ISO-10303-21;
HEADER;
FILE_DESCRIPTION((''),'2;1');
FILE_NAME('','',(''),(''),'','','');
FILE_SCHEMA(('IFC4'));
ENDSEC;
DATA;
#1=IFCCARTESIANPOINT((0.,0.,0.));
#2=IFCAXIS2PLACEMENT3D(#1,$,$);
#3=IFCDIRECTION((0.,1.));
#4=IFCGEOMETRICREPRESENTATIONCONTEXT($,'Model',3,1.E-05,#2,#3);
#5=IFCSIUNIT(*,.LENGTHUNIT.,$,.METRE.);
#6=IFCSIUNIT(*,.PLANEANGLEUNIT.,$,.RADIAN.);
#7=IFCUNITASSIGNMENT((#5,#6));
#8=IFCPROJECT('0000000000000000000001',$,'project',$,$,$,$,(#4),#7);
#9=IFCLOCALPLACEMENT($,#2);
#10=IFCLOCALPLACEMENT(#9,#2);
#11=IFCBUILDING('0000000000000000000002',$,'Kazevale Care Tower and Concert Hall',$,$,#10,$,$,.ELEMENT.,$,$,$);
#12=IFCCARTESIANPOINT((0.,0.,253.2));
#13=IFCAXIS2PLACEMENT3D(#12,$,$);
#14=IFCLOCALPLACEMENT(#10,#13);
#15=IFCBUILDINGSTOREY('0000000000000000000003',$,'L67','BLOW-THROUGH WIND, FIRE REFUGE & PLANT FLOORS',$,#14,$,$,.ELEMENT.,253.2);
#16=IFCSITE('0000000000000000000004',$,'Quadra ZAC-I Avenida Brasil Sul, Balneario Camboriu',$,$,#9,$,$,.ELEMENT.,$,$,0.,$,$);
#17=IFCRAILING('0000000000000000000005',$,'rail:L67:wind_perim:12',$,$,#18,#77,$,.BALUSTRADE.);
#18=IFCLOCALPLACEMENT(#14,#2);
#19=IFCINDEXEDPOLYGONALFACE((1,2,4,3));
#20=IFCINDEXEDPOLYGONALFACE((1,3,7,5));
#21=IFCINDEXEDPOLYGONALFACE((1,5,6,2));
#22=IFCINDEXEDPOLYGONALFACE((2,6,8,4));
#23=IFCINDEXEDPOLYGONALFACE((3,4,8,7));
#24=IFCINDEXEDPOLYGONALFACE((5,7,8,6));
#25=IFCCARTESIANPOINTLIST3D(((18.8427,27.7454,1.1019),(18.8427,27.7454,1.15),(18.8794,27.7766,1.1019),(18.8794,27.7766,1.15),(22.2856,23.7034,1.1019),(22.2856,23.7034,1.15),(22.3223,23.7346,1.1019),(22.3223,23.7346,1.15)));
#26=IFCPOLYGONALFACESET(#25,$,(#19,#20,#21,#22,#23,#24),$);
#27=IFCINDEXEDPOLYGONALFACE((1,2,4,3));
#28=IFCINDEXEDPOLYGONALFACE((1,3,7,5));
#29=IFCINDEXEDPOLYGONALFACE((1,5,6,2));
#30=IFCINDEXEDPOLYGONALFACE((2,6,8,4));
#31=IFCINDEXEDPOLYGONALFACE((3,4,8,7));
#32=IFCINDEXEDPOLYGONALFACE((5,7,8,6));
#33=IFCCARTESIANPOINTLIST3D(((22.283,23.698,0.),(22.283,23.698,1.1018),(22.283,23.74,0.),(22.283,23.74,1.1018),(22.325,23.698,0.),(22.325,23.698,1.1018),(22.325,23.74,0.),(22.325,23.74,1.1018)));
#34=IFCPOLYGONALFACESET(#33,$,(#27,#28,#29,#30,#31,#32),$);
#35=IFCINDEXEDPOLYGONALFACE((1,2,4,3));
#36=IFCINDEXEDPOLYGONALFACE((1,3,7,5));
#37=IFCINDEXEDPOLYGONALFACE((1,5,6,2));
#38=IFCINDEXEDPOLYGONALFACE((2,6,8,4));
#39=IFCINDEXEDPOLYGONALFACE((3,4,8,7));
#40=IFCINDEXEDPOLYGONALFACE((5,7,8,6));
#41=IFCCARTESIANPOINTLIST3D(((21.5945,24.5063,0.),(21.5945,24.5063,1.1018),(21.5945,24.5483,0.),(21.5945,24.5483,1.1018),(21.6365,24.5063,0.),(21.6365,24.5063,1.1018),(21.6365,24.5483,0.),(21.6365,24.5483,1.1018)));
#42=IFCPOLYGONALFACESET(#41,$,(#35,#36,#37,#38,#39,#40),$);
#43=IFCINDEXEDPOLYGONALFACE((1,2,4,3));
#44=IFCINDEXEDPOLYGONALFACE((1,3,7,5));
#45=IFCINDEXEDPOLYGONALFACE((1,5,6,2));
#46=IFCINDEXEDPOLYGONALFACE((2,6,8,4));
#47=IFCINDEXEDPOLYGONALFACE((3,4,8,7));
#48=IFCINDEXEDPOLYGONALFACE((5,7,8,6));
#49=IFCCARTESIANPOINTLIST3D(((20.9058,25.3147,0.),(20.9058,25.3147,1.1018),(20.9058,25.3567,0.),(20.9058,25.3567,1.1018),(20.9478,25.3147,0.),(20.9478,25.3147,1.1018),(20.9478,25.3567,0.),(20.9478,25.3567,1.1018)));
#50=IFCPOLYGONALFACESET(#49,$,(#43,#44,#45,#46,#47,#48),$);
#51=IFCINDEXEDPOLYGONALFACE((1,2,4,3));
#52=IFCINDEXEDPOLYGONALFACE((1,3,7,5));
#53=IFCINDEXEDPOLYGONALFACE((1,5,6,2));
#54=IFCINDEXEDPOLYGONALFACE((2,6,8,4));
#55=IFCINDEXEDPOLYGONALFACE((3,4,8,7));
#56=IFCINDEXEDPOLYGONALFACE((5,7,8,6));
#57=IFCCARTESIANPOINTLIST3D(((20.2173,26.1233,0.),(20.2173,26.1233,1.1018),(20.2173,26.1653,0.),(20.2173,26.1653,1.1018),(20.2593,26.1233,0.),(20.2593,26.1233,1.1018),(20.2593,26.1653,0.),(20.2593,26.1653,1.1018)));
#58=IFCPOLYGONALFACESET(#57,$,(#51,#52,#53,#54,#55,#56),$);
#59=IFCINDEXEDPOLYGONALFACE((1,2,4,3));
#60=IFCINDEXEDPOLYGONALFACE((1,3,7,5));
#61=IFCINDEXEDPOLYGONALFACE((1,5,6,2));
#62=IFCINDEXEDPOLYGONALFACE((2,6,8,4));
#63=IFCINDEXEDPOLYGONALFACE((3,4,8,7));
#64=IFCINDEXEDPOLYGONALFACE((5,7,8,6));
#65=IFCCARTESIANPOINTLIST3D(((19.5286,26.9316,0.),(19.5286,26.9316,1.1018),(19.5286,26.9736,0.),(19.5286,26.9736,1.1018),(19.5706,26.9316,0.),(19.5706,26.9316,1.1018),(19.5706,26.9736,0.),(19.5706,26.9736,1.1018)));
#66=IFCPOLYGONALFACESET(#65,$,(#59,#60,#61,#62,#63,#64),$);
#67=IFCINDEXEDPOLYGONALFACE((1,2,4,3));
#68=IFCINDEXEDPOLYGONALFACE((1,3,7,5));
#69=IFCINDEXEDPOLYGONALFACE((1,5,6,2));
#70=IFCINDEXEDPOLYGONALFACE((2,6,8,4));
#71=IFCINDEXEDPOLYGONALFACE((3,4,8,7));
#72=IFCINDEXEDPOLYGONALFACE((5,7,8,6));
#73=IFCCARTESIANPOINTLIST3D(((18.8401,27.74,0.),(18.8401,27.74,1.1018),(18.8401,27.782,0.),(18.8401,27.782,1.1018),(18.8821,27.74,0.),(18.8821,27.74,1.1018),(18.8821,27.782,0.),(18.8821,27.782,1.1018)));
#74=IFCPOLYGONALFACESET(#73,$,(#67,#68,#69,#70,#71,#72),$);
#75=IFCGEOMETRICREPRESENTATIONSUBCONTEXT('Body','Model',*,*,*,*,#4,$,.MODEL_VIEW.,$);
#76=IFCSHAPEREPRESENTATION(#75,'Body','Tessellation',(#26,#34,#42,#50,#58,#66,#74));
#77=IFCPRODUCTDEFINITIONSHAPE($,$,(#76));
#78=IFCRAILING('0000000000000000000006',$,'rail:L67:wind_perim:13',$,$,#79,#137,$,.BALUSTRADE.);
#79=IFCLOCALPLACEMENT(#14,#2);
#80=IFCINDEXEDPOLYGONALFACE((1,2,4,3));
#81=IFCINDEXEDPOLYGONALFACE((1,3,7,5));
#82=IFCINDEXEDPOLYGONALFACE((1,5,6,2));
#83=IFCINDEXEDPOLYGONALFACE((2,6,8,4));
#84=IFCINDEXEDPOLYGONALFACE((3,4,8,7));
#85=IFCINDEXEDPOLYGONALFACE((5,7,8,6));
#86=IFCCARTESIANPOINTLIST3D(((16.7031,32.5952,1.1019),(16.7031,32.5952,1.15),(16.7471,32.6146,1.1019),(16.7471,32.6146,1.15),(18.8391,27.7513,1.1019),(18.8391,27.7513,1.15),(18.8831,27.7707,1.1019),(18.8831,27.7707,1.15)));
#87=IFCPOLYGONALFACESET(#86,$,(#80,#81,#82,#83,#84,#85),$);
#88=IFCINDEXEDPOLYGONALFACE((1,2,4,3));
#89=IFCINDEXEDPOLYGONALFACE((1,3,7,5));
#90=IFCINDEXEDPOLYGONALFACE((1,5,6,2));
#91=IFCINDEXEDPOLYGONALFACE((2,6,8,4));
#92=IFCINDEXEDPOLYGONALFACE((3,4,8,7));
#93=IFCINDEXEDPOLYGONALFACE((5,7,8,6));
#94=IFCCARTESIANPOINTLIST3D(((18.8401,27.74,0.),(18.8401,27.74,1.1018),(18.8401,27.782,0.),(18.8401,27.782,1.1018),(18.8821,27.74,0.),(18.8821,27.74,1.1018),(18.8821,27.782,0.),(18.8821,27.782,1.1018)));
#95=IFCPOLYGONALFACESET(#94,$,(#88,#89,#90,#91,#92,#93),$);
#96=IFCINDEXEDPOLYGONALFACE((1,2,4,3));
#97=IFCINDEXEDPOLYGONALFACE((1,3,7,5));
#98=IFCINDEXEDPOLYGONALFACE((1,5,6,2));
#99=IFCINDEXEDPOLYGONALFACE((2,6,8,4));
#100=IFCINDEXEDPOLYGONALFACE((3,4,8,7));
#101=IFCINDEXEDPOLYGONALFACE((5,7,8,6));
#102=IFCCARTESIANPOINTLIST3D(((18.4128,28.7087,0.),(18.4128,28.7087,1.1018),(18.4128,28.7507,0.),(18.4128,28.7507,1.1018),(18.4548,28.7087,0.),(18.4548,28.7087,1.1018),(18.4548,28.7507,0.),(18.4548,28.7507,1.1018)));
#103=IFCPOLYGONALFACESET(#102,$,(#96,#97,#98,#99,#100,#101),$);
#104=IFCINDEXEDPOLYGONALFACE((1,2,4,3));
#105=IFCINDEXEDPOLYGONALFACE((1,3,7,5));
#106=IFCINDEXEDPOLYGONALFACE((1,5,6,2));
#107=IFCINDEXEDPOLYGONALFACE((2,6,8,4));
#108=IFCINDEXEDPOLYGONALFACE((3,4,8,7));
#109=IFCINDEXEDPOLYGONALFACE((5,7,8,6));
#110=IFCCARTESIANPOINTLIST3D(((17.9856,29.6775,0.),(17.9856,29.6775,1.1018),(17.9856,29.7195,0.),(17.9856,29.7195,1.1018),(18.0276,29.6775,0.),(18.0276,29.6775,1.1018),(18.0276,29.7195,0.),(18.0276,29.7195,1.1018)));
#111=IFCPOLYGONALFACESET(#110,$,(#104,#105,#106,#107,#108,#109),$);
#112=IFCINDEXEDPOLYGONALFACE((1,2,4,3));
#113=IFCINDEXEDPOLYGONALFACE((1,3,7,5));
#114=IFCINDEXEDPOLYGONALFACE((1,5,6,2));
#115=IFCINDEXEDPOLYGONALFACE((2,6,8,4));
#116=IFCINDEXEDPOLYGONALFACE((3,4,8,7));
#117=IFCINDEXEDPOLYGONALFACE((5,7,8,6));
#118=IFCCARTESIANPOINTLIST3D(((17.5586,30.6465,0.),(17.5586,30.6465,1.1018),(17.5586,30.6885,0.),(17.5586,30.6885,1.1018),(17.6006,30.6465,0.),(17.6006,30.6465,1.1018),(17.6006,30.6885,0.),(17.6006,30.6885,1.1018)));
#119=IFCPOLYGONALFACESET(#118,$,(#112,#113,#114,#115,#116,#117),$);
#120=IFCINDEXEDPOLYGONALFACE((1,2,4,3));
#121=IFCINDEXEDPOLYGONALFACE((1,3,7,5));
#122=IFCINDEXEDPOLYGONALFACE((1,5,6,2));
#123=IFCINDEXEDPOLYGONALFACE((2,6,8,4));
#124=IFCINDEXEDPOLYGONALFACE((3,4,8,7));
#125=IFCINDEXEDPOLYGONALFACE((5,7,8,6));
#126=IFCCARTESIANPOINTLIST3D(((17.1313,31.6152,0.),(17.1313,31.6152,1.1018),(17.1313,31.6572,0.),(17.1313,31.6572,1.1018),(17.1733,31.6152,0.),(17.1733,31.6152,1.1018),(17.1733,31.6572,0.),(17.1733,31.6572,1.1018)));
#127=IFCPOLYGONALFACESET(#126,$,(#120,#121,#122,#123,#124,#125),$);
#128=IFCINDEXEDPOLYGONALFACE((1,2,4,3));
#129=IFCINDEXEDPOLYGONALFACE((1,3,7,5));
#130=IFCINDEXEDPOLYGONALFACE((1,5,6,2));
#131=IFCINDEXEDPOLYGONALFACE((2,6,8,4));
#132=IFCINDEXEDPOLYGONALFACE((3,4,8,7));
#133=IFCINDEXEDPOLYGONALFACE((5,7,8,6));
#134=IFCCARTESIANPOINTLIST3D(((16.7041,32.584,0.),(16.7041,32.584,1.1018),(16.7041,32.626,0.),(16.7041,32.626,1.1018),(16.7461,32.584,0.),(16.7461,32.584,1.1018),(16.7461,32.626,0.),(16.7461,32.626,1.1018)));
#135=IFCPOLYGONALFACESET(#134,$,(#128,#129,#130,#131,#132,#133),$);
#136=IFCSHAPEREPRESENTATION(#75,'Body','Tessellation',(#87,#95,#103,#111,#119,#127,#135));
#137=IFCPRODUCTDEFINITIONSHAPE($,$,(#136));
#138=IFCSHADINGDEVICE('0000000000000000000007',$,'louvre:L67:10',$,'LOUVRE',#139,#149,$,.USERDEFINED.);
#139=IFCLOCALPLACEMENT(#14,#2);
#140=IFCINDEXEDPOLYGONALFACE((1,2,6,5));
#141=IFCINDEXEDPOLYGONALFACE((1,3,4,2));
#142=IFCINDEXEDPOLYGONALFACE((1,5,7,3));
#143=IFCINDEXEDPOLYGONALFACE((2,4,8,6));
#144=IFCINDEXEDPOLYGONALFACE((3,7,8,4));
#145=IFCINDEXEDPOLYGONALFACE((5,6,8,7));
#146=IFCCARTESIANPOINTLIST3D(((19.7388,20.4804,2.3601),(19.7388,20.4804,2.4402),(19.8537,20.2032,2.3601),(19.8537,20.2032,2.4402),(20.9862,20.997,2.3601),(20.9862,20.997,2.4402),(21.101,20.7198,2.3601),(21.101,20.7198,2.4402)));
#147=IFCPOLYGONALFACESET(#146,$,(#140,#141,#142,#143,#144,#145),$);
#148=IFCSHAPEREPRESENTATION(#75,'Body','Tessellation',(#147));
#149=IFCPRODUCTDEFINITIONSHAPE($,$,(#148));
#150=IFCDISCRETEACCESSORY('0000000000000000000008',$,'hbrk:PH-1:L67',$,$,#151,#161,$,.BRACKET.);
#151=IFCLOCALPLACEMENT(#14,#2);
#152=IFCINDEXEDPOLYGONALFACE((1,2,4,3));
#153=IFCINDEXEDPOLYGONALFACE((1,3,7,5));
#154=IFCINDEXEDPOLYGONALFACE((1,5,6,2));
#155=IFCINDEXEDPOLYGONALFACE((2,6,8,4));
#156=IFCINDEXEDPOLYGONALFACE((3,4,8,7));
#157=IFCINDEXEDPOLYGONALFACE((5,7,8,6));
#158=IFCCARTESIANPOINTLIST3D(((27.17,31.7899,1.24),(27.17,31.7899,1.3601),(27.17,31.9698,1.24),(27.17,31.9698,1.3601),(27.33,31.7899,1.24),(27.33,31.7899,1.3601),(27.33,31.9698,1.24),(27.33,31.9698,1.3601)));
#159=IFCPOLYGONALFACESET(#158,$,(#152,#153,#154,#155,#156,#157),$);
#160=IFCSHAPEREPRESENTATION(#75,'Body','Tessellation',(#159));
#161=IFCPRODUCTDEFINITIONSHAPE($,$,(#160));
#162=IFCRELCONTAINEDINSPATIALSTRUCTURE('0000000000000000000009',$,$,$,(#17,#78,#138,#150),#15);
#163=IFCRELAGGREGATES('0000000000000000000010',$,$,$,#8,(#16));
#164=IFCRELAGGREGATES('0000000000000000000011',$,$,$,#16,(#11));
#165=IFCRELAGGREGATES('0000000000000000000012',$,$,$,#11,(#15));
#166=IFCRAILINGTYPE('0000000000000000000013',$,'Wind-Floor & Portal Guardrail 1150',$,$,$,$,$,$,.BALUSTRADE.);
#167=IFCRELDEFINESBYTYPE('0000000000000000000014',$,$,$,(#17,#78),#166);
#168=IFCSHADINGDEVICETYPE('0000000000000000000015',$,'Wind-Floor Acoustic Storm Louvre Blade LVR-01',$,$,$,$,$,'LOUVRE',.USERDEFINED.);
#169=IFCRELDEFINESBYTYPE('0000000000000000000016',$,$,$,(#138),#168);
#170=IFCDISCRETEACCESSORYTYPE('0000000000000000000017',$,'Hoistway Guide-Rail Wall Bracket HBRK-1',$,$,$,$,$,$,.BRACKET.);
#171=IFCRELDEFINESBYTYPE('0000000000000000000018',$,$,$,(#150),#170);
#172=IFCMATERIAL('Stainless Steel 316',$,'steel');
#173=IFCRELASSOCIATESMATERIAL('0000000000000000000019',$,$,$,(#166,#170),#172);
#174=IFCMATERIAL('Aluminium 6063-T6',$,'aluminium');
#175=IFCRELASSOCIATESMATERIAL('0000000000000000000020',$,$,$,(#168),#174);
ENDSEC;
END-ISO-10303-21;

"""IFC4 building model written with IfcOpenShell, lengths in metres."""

from ifc_helpers import new_model, si_unit, direction, frame, origin, origin_2d, place, context, subcontext, project, spatial, rectangle, extrude, material, type_object, element, save


model = new_model("IFC4")

# Units and contexts
model_context = context("Model", 3, precision=1e-05, world=origin(), true_north=direction((0.0, 1.0)))
body_context = subcontext(model_context, "Body", "Model", "MODEL_VIEW")
ifc_project = project(units=[si_unit("LENGTHUNIT", "METRE"), si_unit("PLANEANGLEUNIT", "RADIAN")], contexts=[model_context])

# Site, building, storey
site_placement = place(None, origin())
site = spatial("IfcSite", under=ifc_project, at=site_placement, Name="Quadra ZAC-I Avenida Brasil Sul, Balneario Camboriu", CompositionType="ELEMENT", RefElevation=0.0)
building_placement = place(site_placement, origin())
building = spatial("IfcBuilding", under=site, at=building_placement, Name="Kazevale Care Tower and Concert Hall", CompositionType="ELEMENT")
storey_placement = place(building_placement, frame((0.0, 0.0, 253.2)))
storey = spatial("IfcBuildingStorey", under=building, at=storey_placement, Name="L67", Description="BLOW-THROUGH WIND, FIRE REFUGE & PLANT FLOORS", CompositionType="ELEMENT", Elevation=253.2)

# Railings
ifc_material_1 = material(Name="Stainless Steel 316", Category="steel")
railing_type_1 = type_object("IfcRailingType", Name="Wind-Floor & Portal Guardrail 1150", PredefinedType="BALUSTRADE", material=ifc_material_1)
railing_1_placement = place(storey_placement, frame((22.304, 23.719, 0.0)))
element("IfcRailing", 1, at=railing_1_placement, inside=storey, type_object=railing_type_1, Name="rail:L67:wind_perim:12", PredefinedType="BALUSTRADE", context=body_context, shape_type="SweptSolid", body=[
    extrude(rectangle(XDim=0.0481, YDim=0.0481, at=origin_2d()), frame((0.0, 0.0, 1.126), z_axis=(-0.648433, 0.761272, 0.0), x_axis=(-0.761272, -0.648433, 0.0)), (0.0, 0.0, 1.0), 5.3096),
    extrude(rectangle(XDim=0.042, YDim=0.042, at=origin_2d()), origin(), (0.0, 0.0, 1.0), 1.1018),
    extrude(rectangle(XDim=0.042, YDim=0.042, at=origin_2d()), frame((-0.6885, 0.8083, 0.0)), (0.0, 0.0, 1.0), 1.1018),
    extrude(rectangle(XDim=0.042, YDim=0.042, at=origin_2d()), frame((-1.3772, 1.6167, 0.0)), (0.0, 0.0, 1.0), 1.1018),
    extrude(rectangle(XDim=0.042, YDim=0.042, at=origin_2d()), frame((-2.0657, 2.4253, 0.0)), (0.0, 0.0, 1.0), 1.1018),
    extrude(rectangle(XDim=0.042, YDim=0.042, at=origin_2d()), frame((-2.7544, 3.2336, 0.0)), (0.0, 0.0, 1.0), 1.1018),
    extrude(rectangle(XDim=0.042, YDim=0.042, at=origin_2d()), frame((-3.4429, 4.042, 0.0)), (0.0, 0.0, 1.0), 1.1018),
])
railing_2_placement = place(storey_placement, frame((18.8611, 27.761, 0.0)))
element("IfcRailing", 2, at=railing_2_placement, inside=storey, type_object=railing_type_1, Name="rail:L67:wind_perim:13", PredefinedType="BALUSTRADE", context=body_context, shape_type="SweptSolid", body=[
    extrude(rectangle(XDim=0.0481, YDim=0.0481, at=origin_2d()), frame((0.0, 0.0, 1.126), z_axis=(-0.403471, 0.914992, 0.0), x_axis=(-0.914992, -0.403471, 0.0)), (0.0, 0.0, 1.0), 5.2939),
    extrude(rectangle(XDim=0.042, YDim=0.042, at=origin_2d()), origin(), (0.0, 0.0, 1.0), 1.1018),
    extrude(rectangle(XDim=0.042, YDim=0.042, at=origin_2d()), frame((-0.4272, 0.9688, 0.0)), (0.0, 0.0, 1.0), 1.1018),
    extrude(rectangle(XDim=0.042, YDim=0.042, at=origin_2d()), frame((-0.8545, 1.9375, 0.0)), (0.0, 0.0, 1.0), 1.1018),
    extrude(rectangle(XDim=0.042, YDim=0.042, at=origin_2d()), frame((-1.2815, 2.9065, 0.0)), (0.0, 0.0, 1.0), 1.1018),
    extrude(rectangle(XDim=0.042, YDim=0.042, at=origin_2d()), frame((-1.7087, 3.8752, 0.0)), (0.0, 0.0, 1.0), 1.1018),
    extrude(rectangle(XDim=0.042, YDim=0.042, at=origin_2d()), frame((-2.136, 4.844, 0.0)), (0.0, 0.0, 1.0), 1.1018),
])

# Shading device
ifc_material_2 = material(Name="Aluminium 6063-T6", Category="aluminium")
shading_device_type = type_object("IfcShadingDeviceType", Name="Wind-Floor Acoustic Storm Louvre Blade LVR-01", ElementType="LOUVRE", PredefinedType="USERDEFINED", material=ifc_material_2)
shading_device_placement = place(storey_placement, frame((20.4199, 20.6001, 2.3601), z_axis=(0.0, 0.0, 1.0), x_axis=(-0.92388, -0.382683, 0.0)))
element("IfcShadingDevice", 3, at=shading_device_placement, inside=storey, type_object=shading_device_type, Name="louvre:L67:10", ObjectType="LOUVRE", PredefinedType="USERDEFINED", context=body_context, shape_type="SweptSolid", body=[
    extrude(rectangle(XDim=1.3501, YDim=0.3, at=origin_2d()), origin(), (0.0, 0.0, 1.0), 0.0801),
])

# Discrete accessory
discrete_accessory_type = type_object("IfcDiscreteAccessoryType", Name="Hoistway Guide-Rail Wall Bracket HBRK-1", PredefinedType="BRACKET", material=ifc_material_1)
discrete_accessory_placement = place(storey_placement, frame((27.25, 31.8799, 1.24), z_axis=(0.0, 0.0, 1.0), x_axis=(1.0, 0.0, 0.0)))
element("IfcDiscreteAccessory", 4, at=discrete_accessory_placement, inside=storey, type_object=discrete_accessory_type, Name="hbrk:PH-1:L67", PredefinedType="BRACKET", context=body_context, shape_type="SweptSolid", body=[
    extrude(rectangle(XDim=0.1599, YDim=0.1799, at=origin_2d()), origin(), (0.0, 0.0, 1.0), 0.1201),
])

save(model, "model.ifc")
